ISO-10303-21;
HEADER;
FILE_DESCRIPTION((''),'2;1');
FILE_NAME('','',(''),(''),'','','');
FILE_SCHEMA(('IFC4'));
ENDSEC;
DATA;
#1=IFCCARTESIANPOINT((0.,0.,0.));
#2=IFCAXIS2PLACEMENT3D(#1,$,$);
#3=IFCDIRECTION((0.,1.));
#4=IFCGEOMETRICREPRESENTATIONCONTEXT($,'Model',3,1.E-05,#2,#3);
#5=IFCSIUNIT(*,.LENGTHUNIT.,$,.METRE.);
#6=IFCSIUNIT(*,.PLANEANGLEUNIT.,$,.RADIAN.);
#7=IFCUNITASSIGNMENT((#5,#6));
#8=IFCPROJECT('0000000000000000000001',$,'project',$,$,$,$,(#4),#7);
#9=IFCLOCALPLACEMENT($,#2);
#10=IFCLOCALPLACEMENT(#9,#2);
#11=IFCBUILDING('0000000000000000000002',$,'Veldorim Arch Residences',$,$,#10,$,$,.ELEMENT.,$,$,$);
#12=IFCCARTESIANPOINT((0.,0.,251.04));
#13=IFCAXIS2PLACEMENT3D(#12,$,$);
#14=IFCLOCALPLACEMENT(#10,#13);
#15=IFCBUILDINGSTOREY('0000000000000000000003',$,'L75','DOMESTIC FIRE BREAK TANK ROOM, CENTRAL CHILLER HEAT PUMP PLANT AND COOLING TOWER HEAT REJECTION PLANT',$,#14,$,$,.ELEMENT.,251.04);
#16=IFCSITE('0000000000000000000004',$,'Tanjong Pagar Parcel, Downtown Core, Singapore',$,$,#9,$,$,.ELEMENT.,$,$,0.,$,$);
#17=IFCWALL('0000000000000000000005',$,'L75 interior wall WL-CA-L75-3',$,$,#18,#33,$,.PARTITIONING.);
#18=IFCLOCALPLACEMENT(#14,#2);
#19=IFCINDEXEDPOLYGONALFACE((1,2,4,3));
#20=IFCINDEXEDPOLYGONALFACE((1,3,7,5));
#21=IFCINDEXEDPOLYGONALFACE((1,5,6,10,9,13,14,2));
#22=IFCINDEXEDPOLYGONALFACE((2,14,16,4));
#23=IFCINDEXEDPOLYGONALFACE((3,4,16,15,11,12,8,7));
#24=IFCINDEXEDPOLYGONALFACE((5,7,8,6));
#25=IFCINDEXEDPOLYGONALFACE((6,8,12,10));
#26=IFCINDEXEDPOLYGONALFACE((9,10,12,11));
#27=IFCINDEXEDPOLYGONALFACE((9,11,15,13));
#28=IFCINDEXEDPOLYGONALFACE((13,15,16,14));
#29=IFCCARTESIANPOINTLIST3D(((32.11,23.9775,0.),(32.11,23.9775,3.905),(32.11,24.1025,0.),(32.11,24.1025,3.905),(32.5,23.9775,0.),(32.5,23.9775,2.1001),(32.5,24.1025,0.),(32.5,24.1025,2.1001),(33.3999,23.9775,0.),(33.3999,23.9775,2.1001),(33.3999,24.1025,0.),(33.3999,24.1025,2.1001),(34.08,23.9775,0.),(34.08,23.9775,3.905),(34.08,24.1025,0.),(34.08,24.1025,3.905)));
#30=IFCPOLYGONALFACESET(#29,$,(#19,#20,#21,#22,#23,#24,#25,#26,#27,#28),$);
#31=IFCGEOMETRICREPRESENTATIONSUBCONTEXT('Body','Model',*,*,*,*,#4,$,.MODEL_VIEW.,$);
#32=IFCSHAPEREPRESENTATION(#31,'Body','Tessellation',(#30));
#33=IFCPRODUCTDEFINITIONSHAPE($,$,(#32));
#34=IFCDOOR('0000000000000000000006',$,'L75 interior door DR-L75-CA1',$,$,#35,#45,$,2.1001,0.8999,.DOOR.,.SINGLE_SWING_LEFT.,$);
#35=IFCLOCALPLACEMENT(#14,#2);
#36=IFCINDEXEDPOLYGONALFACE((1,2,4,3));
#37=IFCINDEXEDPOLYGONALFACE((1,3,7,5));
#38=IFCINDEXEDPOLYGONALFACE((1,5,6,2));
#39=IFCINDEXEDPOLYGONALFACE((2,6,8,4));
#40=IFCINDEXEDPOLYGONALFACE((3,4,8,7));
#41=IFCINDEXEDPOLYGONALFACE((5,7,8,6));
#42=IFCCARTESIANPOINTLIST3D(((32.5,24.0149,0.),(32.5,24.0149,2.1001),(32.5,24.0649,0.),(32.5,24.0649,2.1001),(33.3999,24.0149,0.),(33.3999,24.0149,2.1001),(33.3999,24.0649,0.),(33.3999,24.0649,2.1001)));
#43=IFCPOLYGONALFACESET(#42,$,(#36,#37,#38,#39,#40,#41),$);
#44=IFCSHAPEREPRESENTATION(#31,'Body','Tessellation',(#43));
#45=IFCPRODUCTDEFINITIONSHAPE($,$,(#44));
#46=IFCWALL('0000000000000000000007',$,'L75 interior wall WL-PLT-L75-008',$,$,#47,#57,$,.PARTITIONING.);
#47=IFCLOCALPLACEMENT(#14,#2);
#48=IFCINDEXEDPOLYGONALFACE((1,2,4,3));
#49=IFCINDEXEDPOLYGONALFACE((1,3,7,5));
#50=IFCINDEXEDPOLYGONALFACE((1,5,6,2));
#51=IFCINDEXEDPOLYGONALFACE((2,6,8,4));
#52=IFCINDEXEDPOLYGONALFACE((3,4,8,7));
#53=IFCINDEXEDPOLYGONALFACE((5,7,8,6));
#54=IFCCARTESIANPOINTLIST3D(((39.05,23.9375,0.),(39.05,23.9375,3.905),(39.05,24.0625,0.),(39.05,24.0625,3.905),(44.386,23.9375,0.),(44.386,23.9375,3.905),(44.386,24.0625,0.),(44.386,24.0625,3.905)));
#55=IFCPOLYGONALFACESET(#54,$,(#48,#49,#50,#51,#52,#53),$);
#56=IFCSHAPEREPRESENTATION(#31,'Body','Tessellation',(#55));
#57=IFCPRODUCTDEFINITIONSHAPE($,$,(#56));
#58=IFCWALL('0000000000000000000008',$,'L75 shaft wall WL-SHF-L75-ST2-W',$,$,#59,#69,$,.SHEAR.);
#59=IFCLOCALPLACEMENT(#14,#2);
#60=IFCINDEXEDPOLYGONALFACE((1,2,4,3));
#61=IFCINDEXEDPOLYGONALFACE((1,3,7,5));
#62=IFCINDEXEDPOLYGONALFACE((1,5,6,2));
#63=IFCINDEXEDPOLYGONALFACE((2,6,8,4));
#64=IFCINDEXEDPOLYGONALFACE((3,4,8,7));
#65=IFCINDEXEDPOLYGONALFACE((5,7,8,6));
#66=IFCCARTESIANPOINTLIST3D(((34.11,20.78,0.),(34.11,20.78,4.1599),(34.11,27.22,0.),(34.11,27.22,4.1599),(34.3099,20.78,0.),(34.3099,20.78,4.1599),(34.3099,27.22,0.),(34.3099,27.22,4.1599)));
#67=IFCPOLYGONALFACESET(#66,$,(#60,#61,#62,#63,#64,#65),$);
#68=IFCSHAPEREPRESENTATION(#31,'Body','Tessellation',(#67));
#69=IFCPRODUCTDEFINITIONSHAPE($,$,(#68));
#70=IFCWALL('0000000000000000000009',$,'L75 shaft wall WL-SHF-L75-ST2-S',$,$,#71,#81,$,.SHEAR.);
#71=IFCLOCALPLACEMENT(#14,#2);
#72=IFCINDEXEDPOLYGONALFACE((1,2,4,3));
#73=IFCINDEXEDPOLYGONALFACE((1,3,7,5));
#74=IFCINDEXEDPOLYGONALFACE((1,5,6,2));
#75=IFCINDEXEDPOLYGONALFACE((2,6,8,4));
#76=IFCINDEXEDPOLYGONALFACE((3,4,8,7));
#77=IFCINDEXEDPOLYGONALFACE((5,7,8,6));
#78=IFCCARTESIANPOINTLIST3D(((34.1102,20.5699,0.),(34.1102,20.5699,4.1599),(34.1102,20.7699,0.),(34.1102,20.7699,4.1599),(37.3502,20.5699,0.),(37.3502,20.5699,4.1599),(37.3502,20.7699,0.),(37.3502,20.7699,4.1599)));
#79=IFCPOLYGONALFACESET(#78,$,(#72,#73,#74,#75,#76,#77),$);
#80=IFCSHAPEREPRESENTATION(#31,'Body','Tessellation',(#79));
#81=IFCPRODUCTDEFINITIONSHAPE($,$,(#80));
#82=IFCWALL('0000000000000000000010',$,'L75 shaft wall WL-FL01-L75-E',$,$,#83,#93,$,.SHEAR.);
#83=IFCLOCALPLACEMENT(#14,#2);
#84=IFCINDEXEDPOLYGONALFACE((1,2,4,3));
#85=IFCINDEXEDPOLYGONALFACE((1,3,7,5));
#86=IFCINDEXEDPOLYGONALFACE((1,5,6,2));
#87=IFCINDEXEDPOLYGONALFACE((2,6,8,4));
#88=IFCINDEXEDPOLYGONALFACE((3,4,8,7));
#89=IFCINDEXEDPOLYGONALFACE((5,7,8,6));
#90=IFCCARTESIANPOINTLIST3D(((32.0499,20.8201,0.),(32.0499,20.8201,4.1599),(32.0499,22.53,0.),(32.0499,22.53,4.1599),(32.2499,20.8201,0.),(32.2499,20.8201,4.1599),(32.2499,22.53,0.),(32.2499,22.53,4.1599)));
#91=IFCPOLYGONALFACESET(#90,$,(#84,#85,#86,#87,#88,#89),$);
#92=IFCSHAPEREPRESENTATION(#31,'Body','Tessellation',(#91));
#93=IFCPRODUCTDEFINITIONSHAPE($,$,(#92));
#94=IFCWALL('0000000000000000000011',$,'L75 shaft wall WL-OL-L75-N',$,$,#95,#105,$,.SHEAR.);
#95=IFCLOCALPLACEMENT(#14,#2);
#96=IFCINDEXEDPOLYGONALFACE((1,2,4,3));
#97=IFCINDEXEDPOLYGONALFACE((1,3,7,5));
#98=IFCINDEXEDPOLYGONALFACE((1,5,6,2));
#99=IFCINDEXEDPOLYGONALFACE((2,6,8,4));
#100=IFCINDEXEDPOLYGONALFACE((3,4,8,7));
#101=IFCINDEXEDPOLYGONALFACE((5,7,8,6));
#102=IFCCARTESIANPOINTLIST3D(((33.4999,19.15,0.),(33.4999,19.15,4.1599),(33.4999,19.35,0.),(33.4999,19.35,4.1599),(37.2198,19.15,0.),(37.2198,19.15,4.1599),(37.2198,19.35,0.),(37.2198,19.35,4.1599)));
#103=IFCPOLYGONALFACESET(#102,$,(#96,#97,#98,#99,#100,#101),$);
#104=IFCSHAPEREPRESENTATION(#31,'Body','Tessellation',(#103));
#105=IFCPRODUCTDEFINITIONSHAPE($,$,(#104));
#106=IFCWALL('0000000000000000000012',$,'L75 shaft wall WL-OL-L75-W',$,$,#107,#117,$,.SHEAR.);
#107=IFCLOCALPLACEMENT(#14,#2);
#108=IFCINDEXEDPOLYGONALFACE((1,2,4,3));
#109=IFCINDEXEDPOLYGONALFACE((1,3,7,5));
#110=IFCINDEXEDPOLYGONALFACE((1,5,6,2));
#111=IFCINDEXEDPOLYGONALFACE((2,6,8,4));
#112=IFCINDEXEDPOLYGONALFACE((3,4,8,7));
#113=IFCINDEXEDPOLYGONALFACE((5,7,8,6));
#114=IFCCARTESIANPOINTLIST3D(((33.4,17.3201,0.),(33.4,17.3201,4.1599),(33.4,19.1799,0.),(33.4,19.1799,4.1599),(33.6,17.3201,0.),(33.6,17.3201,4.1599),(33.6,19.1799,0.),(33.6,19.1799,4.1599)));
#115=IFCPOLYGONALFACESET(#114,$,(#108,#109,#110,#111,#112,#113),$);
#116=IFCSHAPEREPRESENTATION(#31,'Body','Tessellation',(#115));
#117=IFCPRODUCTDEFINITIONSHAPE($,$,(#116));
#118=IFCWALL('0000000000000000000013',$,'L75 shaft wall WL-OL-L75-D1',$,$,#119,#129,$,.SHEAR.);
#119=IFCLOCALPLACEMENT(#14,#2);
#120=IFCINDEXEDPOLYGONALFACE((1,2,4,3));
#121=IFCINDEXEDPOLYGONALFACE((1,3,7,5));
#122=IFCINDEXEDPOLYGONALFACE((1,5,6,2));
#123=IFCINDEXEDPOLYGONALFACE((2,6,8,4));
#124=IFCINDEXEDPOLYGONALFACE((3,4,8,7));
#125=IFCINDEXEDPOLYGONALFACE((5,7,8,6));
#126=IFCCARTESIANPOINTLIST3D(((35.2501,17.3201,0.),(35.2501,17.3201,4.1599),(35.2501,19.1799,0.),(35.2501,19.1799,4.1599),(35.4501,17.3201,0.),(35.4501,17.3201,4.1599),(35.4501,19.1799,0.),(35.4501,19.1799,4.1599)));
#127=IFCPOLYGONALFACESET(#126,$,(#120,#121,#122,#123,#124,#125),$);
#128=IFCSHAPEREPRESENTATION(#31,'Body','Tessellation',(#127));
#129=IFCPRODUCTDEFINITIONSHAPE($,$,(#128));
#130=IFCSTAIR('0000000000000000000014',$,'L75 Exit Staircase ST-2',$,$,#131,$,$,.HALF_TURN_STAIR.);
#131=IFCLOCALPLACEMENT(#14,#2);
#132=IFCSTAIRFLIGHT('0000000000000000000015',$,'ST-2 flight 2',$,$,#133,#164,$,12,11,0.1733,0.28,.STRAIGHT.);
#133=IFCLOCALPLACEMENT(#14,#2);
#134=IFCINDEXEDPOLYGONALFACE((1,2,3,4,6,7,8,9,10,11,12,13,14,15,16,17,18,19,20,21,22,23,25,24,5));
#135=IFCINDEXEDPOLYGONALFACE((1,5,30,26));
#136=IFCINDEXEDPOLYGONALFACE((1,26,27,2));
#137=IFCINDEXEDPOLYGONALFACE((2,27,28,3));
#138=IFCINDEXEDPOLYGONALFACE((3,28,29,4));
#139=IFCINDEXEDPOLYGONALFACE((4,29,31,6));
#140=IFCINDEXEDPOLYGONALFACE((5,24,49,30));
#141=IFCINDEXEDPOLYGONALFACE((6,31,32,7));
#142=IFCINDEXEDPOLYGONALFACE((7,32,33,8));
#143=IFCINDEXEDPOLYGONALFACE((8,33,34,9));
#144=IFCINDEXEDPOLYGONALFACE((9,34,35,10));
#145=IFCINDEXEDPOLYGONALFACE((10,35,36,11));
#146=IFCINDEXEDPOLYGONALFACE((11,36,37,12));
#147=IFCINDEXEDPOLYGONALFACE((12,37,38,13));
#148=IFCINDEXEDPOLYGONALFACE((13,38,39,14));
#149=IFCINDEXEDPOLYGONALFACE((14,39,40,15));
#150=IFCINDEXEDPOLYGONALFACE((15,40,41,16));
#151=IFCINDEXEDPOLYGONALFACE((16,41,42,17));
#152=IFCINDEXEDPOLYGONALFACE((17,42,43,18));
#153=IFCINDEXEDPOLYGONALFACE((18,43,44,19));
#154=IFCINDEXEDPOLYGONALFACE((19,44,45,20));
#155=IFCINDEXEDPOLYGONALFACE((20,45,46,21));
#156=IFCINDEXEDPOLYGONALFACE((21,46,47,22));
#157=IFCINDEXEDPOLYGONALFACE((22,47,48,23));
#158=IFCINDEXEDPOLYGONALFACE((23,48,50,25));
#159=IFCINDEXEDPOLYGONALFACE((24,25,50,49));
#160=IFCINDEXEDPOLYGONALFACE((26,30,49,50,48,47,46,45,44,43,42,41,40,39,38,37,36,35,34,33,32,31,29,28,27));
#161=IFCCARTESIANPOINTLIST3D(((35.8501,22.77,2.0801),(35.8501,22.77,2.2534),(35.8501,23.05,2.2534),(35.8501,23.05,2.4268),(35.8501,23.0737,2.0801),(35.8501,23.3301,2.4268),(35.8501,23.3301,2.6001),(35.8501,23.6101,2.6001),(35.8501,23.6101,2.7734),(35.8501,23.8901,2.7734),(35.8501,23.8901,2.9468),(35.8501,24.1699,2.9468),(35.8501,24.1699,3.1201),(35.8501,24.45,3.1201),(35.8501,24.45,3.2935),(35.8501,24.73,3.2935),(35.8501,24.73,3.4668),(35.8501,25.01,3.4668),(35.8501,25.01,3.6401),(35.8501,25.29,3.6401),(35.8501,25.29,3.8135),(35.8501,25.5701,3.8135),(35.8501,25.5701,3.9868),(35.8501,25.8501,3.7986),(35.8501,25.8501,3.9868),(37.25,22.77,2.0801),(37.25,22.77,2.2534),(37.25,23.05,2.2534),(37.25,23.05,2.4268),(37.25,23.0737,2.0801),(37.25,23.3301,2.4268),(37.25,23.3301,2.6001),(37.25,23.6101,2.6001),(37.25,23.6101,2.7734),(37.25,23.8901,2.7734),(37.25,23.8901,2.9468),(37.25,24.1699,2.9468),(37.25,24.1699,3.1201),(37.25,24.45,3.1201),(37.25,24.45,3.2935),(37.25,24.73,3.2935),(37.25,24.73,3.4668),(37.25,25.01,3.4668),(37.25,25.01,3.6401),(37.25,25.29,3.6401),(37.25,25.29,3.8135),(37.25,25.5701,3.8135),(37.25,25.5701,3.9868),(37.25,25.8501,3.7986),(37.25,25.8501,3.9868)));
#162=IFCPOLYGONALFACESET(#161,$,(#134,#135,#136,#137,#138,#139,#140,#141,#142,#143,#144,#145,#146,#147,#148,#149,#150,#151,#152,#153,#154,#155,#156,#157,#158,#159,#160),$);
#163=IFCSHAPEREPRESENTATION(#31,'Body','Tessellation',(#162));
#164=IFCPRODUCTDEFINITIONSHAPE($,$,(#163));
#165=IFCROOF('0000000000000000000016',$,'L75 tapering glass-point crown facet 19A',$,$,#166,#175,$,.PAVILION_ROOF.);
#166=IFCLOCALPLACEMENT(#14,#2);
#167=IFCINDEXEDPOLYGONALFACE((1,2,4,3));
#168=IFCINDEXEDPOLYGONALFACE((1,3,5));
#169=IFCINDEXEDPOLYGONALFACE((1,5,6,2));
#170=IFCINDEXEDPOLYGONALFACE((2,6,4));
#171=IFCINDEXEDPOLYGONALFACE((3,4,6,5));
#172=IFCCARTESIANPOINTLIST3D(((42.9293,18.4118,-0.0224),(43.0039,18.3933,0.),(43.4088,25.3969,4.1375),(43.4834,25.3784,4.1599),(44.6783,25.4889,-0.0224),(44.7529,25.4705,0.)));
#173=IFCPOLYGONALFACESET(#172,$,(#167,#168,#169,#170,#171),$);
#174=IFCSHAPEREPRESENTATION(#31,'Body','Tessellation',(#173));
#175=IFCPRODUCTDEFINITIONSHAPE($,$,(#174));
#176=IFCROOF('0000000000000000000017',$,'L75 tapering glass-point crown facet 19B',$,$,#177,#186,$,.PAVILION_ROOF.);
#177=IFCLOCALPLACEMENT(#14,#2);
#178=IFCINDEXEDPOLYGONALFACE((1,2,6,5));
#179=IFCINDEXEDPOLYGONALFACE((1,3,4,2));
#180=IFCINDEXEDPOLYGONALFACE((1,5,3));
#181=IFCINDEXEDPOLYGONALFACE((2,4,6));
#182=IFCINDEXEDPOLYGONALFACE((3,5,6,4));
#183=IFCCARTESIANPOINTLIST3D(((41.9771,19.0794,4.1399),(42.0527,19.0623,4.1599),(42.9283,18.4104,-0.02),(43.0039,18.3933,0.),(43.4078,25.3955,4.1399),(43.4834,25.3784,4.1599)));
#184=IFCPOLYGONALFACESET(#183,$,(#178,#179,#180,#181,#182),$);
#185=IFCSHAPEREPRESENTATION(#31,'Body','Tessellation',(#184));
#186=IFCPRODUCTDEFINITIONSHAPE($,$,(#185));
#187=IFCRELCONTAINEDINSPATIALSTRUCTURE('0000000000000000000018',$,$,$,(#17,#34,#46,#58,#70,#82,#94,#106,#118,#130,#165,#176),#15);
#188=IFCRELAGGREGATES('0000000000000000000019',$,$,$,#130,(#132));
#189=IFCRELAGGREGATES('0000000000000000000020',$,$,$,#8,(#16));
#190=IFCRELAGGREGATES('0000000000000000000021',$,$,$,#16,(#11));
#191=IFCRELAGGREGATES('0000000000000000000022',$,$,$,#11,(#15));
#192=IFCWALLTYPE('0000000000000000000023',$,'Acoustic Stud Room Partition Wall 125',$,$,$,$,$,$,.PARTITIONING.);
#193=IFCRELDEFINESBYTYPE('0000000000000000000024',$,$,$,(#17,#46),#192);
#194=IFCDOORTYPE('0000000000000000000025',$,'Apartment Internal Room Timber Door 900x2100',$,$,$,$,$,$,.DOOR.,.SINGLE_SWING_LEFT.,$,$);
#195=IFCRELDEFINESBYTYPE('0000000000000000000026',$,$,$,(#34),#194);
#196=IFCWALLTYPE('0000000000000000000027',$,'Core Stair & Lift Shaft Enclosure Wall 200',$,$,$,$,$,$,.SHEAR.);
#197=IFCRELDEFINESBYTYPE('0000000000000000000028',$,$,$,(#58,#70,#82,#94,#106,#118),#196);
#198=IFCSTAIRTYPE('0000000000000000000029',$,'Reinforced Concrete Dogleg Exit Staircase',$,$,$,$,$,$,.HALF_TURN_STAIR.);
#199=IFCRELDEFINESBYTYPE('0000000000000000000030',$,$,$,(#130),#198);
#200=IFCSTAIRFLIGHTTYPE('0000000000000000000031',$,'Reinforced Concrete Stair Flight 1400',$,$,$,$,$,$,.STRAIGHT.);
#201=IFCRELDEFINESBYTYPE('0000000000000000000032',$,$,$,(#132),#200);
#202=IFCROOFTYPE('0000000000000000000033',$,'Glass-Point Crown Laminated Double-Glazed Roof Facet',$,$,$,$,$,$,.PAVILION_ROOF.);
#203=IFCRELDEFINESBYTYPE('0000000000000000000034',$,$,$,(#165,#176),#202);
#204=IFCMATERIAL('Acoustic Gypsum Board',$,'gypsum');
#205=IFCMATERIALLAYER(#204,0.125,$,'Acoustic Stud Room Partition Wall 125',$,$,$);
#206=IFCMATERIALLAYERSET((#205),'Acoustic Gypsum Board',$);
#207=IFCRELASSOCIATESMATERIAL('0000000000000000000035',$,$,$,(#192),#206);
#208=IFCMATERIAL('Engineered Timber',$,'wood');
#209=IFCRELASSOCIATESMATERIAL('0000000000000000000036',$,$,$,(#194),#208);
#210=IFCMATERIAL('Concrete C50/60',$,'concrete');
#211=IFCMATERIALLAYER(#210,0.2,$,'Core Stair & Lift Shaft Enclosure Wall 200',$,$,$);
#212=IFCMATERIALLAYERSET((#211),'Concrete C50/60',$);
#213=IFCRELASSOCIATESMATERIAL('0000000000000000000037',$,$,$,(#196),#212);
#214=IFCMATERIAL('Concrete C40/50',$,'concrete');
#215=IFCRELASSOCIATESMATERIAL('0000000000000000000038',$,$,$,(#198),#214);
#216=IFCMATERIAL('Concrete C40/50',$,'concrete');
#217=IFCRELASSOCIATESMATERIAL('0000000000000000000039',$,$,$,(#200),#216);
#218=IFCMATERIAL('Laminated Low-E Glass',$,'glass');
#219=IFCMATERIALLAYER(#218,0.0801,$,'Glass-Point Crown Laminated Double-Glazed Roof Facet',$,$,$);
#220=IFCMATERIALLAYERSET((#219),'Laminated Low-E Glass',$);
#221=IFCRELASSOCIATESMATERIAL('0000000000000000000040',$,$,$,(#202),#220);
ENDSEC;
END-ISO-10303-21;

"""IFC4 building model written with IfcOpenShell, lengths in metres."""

from ifc_helpers import new_model, si_unit, direction, frame, frame_2d, origin, place, context, subcontext, project, spatial, polyline, rectangle, outline, extrude, material, layer, layer_set, type_object, element, fill, aggregate, save


model = new_model("IFC4")

# Units and contexts
model_context = context("Model", 3, precision=1e-05, world=origin(), true_north=direction((0.0, 1.0)))
body_context = subcontext(model_context, "Body", "Model", "MODEL_VIEW")
ifc_project = project(units=[si_unit("LENGTHUNIT", "METRE"), si_unit("PLANEANGLEUNIT", "RADIAN")], contexts=[model_context])

# Site, building, storey
site_placement = place(None, origin())
site = spatial("IfcSite", under=ifc_project, at=site_placement, Name="Tanjong Pagar Parcel, Downtown Core, Singapore", CompositionType="ELEMENT", RefElevation=0.0)
building_placement = place(site_placement, origin())
building = spatial("IfcBuilding", under=site, at=building_placement, Name="Veldorim Arch Residences", CompositionType="ELEMENT")
storey_placement = place(building_placement, frame((0.0, 0.0, 251.04)))
storey = spatial("IfcBuildingStorey", under=building, at=storey_placement, Name="L75", Description="DOMESTIC FIRE BREAK TANK ROOM, CENTRAL CHILLER HEAT PUMP PLANT AND COOLING TOWER HEAT REJECTION PLANT", CompositionType="ELEMENT", Elevation=251.04)

# Wall, opening, door
ifc_material_1 = material(Name="Acoustic Gypsum Board", Category="gypsum")
ifc_layer_1 = layer(ifc_material_1, 0.125, Name="Acoustic Stud Room Partition Wall 125")
ifc_layer_set_1 = layer_set([ifc_layer_1], Name="Acoustic Gypsum Board")
wall_type_1 = type_object("IfcWallType", Name="Acoustic Stud Room Partition Wall 125", PredefinedType="PARTITIONING", material=ifc_layer_set_1)
wall_1_placement = place(storey_placement, frame((32.1101, 24.04, 0.0), z_axis=(0.0, 0.0, 1.0), x_axis=(1.0, 0.0, 0.0)))
wall_1 = element("IfcWall", 1, at=wall_1_placement, inside=storey, type_object=wall_type_1, Name="L75 interior wall WL-CA-L75-3", PredefinedType="PARTITIONING", context=body_context, shape_type="SweptSolid", body=[
    extrude(rectangle(XDim=1.97, YDim=0.125, at=frame_2d((0.9849, 0.0))), origin(), (0.0, 0.0, 1.0), 3.905),
])
opening_1_placement = place(wall_1_placement, frame((0.3899, 0.0, 0.0)))
opening_1 = element("IfcOpeningElement", 2, at=opening_1_placement, cuts=wall_1, PredefinedType="OPENING", context=body_context, shape_type="SweptSolid", body=[
    extrude(rectangle(XDim=0.8999, YDim=2.1001, at=frame_2d((0.45, 1.05))), frame((0.0, 0.0725, 0.0), z_axis=(0.0, -1.0, 0.0), x_axis=(1.0, 0.0, 0.0)), (0.0, 0.0, 1.0), 0.145),
])
ifc_material_2 = material(Name="Engineered Timber", Category="wood")
door_type_1 = type_object("IfcDoorType", Name="Apartment Internal Room Timber Door 900x2100", OperationType="SINGLE_SWING_LEFT", PredefinedType="DOOR", material=ifc_material_2)
door_1_placement = place(opening_1_placement, origin())
door_1 = element("IfcDoor", 3, at=door_1_placement, inside=storey, type_object=door_type_1, Name="L75 interior door DR-L75-CA1", OperationType="SINGLE_SWING_LEFT", OverallHeight=2.1001, OverallWidth=0.8999, PredefinedType="DOOR", context=body_context, shape_type="SweptSolid", body=[
    extrude(rectangle(XDim=0.8999, YDim=2.1001, at=frame_2d((0.45, 1.05))), frame((0.0, 0.0249, 0.0), z_axis=(0.0, -1.0, 0.0), x_axis=(1.0, 0.0, 0.0)), (0.0, 0.0, 1.0), 0.05),
])
fill(opening_1, door_1)

# Walls
wall_2_placement = place(storey_placement, frame((39.05, 24.0, 0.0), z_axis=(0.0, 0.0, 1.0), x_axis=(1.0, 0.0, 0.0)))
element("IfcWall", 4, at=wall_2_placement, inside=storey, type_object=wall_type_1, Name="L75 interior wall WL-PLT-L75-008", PredefinedType="PARTITIONING", context=body_context, shape_type="SweptSolid", body=[
    extrude(rectangle(XDim=5.3359, YDim=0.125, at=frame_2d((2.668, 0.0))), origin(), (0.0, 0.0, 1.0), 3.905),
])
ifc_material_3 = material(Name="Concrete C50/60", Category="concrete")
ifc_layer_2 = layer(ifc_material_3, 0.2, Name="Core Stair & Lift Shaft Enclosure Wall 200")
ifc_layer_set_2 = layer_set([ifc_layer_2], Name="Concrete C50/60")
wall_type_2 = type_object("IfcWallType", Name="Core Stair & Lift Shaft Enclosure Wall 200", PredefinedType="SHEAR", material=ifc_layer_set_2)
wall_3_placement = place(storey_placement, frame((34.21, 20.78, 0.0), z_axis=(0.0, 0.0, 1.0), x_axis=(0.0, 1.0, 0.0)))
element("IfcWall", 5, at=wall_3_placement, inside=storey, type_object=wall_type_2, Name="L75 shaft wall WL-SHF-L75-ST2-W", PredefinedType="SHEAR", context=body_context, shape_type="SweptSolid", body=[
    extrude(rectangle(XDim=6.4399, YDim=0.2, at=frame_2d((3.22, 0.0))), origin(), (0.0, 0.0, 1.0), 4.1599),
])
wall_4_placement = place(storey_placement, frame((34.1101, 20.6699, 0.0), z_axis=(0.0, 0.0, 1.0), x_axis=(1.0, 0.0, 0.0)))
element("IfcWall", 6, at=wall_4_placement, inside=storey, type_object=wall_type_2, Name="L75 shaft wall WL-SHF-L75-ST2-S", PredefinedType="SHEAR", context=body_context, shape_type="SweptSolid", body=[
    extrude(rectangle(XDim=3.24, YDim=0.2, at=frame_2d((1.6201, 0.0))), origin(), (0.0, 0.0, 1.0), 4.1599),
])
wall_5_placement = place(storey_placement, frame((32.1499, 20.8201, 0.0), z_axis=(0.0, 0.0, 1.0), x_axis=(0.0, 1.0, 0.0)))
element("IfcWall", 7, at=wall_5_placement, inside=storey, type_object=wall_type_2, Name="L75 shaft wall WL-FL01-L75-E", PredefinedType="SHEAR", context=body_context, shape_type="SweptSolid", body=[
    extrude(rectangle(XDim=1.71, YDim=0.2, at=frame_2d((0.855, 0.0))), origin(), (0.0, 0.0, 1.0), 4.1599),
])
wall_6_placement = place(storey_placement, frame((33.5, 19.25, 0.0), z_axis=(0.0, 0.0, 1.0), x_axis=(1.0, 0.0, 0.0)))
element("IfcWall", 8, at=wall_6_placement, inside=storey, type_object=wall_type_2, Name="L75 shaft wall WL-OL-L75-N", PredefinedType="SHEAR", context=body_context, shape_type="SweptSolid", body=[
    extrude(rectangle(XDim=3.72, YDim=0.2, at=frame_2d((1.8599, 0.0))), origin(), (0.0, 0.0, 1.0), 4.1599),
])
for number, where, z_axis, x_axis, name in (
    (9, (33.5, 17.3201, 0.0), (0.0, 0.0, 1.0), (0.0, 1.0, 0.0), "L75 shaft wall WL-OL-L75-W"),
    (10, (35.3501, 17.3201, 0.0), (0.0, 0.0, 1.0), (0.0, 1.0, 0.0), "L75 shaft wall WL-OL-L75-D1"),
):
    element("IfcWall", number, at=place(storey_placement, frame(where, z_axis=z_axis, x_axis=x_axis)), inside=storey, type_object=wall_type_2, Name=name, PredefinedType="SHEAR", context=body_context, shape_type="SweptSolid", body=[
        extrude(rectangle(XDim=1.8599, YDim=0.2, at=frame_2d((0.9299, 0.0))), origin(), (0.0, 0.0, 1.0), 4.1599),
    ])

# Stair, stair flight
ifc_material_4 = material(Name="Concrete C40/50", Category="concrete")
stair_type = type_object("IfcStairType", Name="Reinforced Concrete Dogleg Exit Staircase", PredefinedType="HALF_TURN_STAIR", material=ifc_material_4)
stair_placement = place(storey_placement, origin())
stair = element("IfcStair", 11, at=stair_placement, inside=storey, type_object=stair_type, Name="L75 Exit Staircase ST-2", PredefinedType="HALF_TURN_STAIR")
ifc_material_5 = material(Name="Concrete C40/50", Category="concrete")
stair_flight_type = type_object("IfcStairFlightType", Name="Reinforced Concrete Stair Flight 1400", PredefinedType="STRAIGHT", material=ifc_material_5)
stair_flight_placement = place(storey_placement, frame((36.55, 22.77, 2.0801), z_axis=(0.0, 0.0, 1.0), x_axis=(0.0, 1.0, 0.0)))
stair_flight = element("IfcStairFlight", 12, at=stair_flight_placement, type_object=stair_flight_type, Name="ST-2 flight 2", NumberOfRisers=12, NumberOfTreads=11, PredefinedType="STRAIGHT", RiserHeight=0.1733, TreadLength=0.28, context=body_context, shape_type="SweptSolid", body=[
    extrude(outline(polyline([(0.0, 0.0), (0.0, 0.1733), (0.28, 0.1733), (0.28, 0.3467), (0.5601, 0.3467), (0.5601, 0.52), (0.8401, 0.52), (0.8401, 0.6934), (1.1201, 0.6934), (1.1201, 0.8667), (1.3999, 0.8667), (1.3999, 1.04), (1.6799, 1.04), (1.6799, 1.2134), (1.96, 1.2134), (1.96, 1.3867), (2.24, 1.3867), (2.24, 1.5601), (2.52, 1.5601), (2.52, 1.7334), (2.8, 1.7334), (2.8, 1.9067), (3.0801, 1.9067), (3.0801, 2.0801), (3.0801, 1.7185), (0.3037, 0.0), (0.0, 0.0)])), frame((0.0, 0.7, 0.0), z_axis=(0.0, -1.0, 0.0), x_axis=(1.0, 0.0, 0.0)), (0.0, 0.0, 1.0), 1.3999),
])
aggregate(stair, [stair_flight])

# Roofs
ifc_material_6 = material(Name="Laminated Low-E Glass", Category="glass")
ifc_layer_3 = layer(ifc_material_6, 0.0801, Name="Glass-Point Crown Laminated Double-Glazed Roof Facet")
ifc_layer_set_3 = layer_set([ifc_layer_3], Name="Laminated Low-E Glass")
roof_type = type_object("IfcRoofType", Name="Glass-Point Crown Laminated Double-Glazed Roof Facet", PredefinedType="PAVILION_ROOF", material=ifc_layer_set_3)
roof_1_placement = place(storey_placement, frame((43.0039, 18.3933, 0.0), z_axis=(0.932138, -0.230366, 0.279375), x_axis=(0.239919, 0.970793, 0.0)))
element("IfcRoof", 13, at=roof_1_placement, inside=storey, type_object=roof_type, Name="L75 tapering glass-point crown facet 19A", PredefinedType="PAVILION_ROOF", context=body_context, shape_type="SweptSolid", body=[
    extrude(outline(polyline([(0.0, 0.0), (7.2901, 0.0), (6.8961, 4.3324), (0.0, 0.0)])), origin(), (0.0, 0.0, -1.0), 0.0801),
])
roof_2_placement = place(storey_placement, frame((43.0039, 18.3933, 0.0), z_axis=(0.944249, -0.21388, 0.250298), x_axis=(0.058876, 0.857688, 0.510788)))
element("IfcRoof", 14, at=roof_2_placement, inside=storey, type_object=roof_type, Name="L75 tapering glass-point crown facet 19B", PredefinedType="PAVILION_ROOF", context=body_context, shape_type="SweptSolid", body=[
    extrude(outline(polyline([(0.0, 0.0), (8.1441, 0.0), (2.6426, 3.4167), (0.0, 0.0)])), origin(), (0.0, 0.0, -1.0), 0.0801),
])

save(model, "model.ifc")
